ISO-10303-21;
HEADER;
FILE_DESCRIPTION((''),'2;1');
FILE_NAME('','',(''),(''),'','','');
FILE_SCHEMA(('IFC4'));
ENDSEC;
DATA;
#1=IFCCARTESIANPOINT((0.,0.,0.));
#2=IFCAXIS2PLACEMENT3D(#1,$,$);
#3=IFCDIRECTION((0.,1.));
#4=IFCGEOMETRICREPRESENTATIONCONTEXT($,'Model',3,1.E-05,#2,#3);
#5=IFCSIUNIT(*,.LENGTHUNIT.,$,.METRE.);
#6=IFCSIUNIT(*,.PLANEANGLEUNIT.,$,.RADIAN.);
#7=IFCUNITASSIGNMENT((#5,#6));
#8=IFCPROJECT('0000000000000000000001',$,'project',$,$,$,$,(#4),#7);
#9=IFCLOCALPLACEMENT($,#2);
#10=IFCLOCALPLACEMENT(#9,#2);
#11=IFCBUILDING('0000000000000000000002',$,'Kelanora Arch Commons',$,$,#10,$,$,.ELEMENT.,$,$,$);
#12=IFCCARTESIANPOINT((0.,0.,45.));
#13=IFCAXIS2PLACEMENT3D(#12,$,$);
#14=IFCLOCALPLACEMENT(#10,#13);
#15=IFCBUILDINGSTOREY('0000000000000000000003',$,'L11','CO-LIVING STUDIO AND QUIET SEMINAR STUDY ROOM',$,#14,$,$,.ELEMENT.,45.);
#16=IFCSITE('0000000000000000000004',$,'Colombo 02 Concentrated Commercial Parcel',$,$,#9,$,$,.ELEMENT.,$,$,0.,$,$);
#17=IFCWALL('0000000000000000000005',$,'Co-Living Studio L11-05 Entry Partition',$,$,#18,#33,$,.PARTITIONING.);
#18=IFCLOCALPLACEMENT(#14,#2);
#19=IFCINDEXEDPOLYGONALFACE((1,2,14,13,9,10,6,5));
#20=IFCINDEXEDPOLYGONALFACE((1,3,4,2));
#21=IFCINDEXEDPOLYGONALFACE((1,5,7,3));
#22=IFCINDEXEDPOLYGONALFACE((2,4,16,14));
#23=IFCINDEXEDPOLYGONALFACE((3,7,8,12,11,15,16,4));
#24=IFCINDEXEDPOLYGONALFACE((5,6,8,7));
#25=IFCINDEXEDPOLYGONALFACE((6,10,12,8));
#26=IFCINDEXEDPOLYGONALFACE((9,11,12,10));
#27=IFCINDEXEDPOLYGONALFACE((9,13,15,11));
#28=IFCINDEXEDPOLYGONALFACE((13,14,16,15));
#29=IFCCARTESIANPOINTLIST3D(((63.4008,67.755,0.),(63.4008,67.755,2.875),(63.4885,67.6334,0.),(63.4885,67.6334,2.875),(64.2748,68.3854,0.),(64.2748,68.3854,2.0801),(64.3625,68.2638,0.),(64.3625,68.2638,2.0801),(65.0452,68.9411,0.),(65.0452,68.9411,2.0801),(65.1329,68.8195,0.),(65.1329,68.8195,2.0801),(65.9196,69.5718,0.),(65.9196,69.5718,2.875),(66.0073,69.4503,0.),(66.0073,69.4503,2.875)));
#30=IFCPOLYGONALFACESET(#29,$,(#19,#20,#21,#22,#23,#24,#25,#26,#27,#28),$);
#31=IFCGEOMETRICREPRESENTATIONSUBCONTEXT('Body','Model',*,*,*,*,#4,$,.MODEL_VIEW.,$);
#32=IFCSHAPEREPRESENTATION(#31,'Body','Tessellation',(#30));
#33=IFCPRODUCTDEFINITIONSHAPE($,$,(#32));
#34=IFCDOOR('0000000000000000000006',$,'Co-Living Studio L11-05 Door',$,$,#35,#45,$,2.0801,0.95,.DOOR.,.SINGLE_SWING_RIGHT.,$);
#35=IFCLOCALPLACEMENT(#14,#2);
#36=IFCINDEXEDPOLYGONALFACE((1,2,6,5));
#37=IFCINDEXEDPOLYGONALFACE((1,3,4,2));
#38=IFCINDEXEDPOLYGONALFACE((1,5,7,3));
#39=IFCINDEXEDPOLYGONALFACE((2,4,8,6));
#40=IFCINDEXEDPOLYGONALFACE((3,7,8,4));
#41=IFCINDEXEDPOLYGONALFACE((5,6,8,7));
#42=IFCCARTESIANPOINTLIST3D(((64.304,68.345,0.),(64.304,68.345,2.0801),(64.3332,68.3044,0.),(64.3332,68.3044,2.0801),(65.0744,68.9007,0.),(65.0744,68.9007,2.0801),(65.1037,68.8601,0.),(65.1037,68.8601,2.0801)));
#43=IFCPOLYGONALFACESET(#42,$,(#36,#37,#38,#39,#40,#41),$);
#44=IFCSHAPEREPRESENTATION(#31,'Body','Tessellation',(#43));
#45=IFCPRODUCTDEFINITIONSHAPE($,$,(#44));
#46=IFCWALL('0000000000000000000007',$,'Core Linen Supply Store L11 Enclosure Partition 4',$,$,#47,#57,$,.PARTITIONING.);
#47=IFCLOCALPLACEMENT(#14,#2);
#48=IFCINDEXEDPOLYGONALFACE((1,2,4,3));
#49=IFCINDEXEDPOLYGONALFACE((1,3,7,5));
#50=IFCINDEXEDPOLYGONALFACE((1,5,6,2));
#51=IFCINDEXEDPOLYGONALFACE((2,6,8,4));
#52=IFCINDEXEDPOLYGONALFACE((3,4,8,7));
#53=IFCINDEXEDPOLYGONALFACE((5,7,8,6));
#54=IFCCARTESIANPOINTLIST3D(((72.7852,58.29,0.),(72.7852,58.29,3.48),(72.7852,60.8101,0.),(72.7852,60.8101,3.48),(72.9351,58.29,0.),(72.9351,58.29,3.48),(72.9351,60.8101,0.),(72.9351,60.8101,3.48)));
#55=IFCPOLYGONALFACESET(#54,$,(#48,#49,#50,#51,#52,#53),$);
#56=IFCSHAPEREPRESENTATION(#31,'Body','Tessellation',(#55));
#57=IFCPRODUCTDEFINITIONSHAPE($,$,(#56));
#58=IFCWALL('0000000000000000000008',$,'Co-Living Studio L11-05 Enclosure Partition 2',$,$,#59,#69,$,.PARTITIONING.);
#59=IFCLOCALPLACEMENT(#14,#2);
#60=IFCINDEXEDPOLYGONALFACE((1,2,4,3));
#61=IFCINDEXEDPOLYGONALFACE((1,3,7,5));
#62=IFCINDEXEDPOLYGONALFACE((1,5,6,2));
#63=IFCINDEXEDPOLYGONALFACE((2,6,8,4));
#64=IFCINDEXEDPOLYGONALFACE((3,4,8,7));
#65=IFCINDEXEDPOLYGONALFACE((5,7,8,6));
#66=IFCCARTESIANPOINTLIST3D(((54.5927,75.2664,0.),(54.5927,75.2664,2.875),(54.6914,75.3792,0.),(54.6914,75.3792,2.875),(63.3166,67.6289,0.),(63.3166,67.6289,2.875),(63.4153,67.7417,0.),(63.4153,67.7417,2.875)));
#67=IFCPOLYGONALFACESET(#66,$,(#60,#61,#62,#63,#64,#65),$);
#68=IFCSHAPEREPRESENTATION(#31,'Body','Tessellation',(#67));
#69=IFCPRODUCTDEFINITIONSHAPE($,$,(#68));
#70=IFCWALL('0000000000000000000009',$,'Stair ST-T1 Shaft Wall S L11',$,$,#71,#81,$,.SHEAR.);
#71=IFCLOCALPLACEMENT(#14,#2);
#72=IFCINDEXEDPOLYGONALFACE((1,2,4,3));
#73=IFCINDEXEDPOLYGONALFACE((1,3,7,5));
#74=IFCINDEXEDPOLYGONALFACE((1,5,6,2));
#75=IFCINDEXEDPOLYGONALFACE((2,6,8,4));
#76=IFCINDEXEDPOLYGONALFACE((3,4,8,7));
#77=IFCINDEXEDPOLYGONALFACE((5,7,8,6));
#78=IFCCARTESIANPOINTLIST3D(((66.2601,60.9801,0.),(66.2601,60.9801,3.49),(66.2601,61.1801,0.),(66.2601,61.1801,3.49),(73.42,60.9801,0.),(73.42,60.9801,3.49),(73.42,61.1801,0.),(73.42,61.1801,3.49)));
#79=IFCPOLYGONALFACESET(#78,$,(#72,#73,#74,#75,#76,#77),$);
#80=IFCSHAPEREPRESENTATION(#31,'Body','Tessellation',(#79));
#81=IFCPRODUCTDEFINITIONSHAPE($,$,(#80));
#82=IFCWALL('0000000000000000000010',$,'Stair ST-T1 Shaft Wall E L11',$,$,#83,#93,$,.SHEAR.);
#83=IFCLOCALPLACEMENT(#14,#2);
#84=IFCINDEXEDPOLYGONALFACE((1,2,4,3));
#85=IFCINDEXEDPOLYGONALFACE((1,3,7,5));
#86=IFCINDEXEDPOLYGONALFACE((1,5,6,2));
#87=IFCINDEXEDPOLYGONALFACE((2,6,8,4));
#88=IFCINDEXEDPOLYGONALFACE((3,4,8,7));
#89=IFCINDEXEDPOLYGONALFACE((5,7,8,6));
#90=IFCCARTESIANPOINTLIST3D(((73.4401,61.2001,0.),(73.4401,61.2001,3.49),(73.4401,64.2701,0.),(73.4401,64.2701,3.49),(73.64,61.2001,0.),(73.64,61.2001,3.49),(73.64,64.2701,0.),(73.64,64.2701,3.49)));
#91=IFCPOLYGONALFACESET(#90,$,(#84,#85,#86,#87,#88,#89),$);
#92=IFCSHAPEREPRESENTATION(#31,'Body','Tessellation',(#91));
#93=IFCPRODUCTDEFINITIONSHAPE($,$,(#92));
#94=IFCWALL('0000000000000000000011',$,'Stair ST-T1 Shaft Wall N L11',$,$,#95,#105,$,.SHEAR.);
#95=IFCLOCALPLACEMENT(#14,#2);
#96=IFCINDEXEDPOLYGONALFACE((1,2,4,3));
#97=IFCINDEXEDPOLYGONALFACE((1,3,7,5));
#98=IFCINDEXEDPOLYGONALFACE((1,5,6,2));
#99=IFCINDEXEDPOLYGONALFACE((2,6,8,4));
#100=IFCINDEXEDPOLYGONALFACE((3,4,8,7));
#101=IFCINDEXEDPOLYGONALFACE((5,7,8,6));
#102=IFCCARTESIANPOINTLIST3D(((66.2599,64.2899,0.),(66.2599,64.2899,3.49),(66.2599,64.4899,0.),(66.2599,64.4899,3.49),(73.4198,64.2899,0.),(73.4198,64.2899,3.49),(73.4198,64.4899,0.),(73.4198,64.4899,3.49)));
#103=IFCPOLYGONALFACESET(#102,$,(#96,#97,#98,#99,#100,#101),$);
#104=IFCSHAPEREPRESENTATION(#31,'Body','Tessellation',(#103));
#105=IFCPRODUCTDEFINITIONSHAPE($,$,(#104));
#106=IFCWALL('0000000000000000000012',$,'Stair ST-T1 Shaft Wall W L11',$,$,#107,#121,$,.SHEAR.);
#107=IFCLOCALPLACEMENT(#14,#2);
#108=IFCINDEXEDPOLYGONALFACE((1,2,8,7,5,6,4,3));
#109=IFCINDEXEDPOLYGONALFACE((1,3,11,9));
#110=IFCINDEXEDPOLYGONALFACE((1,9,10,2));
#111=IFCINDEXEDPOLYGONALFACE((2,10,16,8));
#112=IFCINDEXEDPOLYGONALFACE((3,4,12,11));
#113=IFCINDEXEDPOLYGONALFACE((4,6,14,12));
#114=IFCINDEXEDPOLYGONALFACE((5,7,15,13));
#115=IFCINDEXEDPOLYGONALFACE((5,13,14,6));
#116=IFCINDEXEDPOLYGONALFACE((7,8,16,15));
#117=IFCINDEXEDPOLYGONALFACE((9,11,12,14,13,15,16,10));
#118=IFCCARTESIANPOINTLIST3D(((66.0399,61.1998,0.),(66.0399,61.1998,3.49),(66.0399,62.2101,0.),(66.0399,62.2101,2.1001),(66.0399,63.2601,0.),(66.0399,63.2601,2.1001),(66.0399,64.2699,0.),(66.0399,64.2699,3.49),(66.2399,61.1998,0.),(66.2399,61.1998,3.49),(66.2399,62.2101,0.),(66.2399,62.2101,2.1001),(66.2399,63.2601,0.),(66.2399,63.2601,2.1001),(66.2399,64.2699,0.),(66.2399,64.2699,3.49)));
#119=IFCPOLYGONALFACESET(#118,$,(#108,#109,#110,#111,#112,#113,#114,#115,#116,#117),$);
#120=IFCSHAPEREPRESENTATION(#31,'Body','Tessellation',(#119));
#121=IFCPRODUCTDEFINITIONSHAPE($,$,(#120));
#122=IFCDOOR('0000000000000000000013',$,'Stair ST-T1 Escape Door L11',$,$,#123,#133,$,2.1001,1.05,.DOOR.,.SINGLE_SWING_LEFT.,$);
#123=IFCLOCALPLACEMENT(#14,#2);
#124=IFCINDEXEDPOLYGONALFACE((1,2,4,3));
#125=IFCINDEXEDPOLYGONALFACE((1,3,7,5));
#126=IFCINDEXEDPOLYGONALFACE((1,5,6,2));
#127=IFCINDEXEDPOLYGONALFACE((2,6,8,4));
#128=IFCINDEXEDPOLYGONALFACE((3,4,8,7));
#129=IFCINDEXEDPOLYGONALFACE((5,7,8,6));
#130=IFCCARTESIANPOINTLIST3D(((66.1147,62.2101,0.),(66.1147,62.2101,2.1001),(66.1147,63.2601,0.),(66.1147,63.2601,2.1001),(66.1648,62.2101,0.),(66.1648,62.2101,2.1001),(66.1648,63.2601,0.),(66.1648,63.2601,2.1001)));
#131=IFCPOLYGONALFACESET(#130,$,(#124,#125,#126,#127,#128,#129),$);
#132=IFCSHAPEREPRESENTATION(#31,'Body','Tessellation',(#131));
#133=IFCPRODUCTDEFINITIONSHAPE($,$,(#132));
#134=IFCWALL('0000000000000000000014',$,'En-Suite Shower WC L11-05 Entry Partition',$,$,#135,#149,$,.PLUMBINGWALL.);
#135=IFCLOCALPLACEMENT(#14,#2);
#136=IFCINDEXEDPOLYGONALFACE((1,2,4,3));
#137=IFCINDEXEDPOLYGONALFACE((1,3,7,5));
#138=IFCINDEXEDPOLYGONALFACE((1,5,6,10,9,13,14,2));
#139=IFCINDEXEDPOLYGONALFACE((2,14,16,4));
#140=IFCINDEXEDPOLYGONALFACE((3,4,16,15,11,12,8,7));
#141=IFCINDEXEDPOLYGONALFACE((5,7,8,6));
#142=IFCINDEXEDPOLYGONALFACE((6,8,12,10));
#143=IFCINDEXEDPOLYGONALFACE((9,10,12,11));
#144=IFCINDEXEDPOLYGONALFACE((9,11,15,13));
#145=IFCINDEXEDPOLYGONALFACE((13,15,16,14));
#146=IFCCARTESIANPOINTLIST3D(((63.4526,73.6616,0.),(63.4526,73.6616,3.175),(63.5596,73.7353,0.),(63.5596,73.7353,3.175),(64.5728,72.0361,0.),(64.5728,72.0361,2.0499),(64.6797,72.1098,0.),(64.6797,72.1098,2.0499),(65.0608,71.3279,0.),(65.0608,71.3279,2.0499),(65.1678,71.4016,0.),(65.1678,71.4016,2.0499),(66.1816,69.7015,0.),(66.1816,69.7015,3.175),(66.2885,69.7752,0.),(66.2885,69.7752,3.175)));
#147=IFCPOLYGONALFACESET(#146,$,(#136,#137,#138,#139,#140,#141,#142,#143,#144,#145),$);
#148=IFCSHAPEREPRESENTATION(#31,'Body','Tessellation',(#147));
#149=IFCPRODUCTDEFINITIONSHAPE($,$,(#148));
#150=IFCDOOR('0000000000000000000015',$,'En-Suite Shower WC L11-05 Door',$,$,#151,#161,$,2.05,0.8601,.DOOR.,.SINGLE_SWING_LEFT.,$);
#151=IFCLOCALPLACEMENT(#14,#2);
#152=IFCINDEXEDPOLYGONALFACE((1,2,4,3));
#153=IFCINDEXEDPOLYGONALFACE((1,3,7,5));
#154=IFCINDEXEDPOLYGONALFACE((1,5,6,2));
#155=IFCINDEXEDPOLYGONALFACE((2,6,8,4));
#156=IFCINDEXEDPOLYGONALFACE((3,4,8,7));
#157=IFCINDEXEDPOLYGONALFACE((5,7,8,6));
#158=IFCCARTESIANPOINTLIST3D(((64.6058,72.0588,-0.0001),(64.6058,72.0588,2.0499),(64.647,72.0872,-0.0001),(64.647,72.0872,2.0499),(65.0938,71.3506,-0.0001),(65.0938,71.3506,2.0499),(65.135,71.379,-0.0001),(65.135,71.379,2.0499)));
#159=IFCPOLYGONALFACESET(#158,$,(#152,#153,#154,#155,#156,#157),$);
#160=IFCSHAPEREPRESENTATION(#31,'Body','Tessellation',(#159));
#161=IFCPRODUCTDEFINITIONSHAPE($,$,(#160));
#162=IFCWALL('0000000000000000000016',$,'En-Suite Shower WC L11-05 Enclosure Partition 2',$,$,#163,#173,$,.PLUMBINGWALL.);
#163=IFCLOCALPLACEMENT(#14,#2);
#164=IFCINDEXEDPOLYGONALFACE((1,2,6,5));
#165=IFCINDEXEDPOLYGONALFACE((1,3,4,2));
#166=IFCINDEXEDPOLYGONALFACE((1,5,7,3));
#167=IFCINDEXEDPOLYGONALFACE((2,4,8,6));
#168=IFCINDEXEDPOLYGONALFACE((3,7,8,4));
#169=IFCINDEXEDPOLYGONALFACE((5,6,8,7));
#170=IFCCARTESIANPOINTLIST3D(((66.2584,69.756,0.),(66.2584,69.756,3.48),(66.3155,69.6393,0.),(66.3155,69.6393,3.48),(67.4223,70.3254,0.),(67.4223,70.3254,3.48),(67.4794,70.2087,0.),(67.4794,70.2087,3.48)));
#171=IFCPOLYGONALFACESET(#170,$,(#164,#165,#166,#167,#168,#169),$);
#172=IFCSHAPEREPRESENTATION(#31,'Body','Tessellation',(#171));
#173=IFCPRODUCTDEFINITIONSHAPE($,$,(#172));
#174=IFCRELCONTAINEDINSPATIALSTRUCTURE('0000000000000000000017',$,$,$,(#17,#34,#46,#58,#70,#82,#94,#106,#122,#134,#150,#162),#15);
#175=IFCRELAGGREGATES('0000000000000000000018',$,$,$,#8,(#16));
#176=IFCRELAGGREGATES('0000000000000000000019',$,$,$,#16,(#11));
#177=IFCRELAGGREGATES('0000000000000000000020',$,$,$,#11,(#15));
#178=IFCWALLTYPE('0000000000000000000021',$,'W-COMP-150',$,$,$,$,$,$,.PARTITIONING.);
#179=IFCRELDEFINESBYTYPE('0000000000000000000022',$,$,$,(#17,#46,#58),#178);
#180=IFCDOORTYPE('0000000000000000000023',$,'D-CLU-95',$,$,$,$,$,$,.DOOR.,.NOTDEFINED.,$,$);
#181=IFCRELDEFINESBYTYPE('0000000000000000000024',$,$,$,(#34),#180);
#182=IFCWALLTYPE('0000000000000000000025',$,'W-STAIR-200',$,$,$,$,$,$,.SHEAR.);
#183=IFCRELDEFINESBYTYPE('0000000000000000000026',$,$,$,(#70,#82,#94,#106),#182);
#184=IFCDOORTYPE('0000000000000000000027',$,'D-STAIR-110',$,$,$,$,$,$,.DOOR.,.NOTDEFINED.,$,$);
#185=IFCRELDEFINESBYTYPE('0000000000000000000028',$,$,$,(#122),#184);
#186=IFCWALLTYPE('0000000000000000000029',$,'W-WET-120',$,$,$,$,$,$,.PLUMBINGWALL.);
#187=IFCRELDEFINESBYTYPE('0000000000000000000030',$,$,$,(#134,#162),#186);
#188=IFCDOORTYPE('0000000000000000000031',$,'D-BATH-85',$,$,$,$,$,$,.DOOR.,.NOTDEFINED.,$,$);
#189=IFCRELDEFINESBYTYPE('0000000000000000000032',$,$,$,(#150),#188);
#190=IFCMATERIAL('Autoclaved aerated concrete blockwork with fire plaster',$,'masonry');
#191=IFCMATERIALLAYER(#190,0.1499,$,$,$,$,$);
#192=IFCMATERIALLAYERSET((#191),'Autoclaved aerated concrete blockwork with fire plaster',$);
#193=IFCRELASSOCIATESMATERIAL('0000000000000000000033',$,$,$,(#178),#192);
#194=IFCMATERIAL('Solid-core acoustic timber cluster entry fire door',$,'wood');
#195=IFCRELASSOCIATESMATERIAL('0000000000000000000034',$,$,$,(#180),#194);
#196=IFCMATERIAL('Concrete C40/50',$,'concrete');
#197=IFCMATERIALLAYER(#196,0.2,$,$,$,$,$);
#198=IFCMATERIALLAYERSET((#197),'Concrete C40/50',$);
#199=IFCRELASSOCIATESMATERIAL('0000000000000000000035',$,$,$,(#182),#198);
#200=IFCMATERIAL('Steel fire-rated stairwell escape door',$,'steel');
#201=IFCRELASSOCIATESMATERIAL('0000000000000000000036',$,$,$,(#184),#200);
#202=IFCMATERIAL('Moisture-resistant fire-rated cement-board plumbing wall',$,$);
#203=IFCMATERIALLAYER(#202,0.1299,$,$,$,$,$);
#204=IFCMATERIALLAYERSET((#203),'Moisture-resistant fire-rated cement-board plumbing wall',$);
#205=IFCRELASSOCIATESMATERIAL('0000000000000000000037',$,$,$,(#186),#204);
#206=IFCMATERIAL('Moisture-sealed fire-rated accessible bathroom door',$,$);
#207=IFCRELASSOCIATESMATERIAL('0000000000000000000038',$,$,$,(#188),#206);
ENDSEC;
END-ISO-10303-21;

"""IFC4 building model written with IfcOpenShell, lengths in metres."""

from ifc_helpers import new_model, si_unit, direction, frame, frame_2d, origin, place, context, subcontext, project, spatial, rectangle, extrude, material, layer, layer_set, type_object, element, fill, save


model = new_model("IFC4")

# Units and contexts
model_context = context("Model", 3, precision=1e-05, world=origin(), true_north=direction((0.0, 1.0)))
body_context = subcontext(model_context, "Body", "Model", "MODEL_VIEW")
ifc_project = project(units=[si_unit("LENGTHUNIT", "METRE"), si_unit("PLANEANGLEUNIT", "RADIAN")], contexts=[model_context])

# Site, building, storey
site_placement = place(None, origin())
site = spatial("IfcSite", under=ifc_project, at=site_placement, Name="Colombo 02 Concentrated Commercial Parcel", CompositionType="ELEMENT", RefElevation=0.0)
building_placement = place(site_placement, origin())
building = spatial("IfcBuilding", under=site, at=building_placement, Name="Kelanora Arch Commons", CompositionType="ELEMENT")
storey_placement = place(building_placement, frame((0.0, 0.0, 45.0)))
storey = spatial("IfcBuildingStorey", under=building, at=storey_placement, Name="L11", Description="CO-LIVING STUDIO AND QUIET SEMINAR STUDY ROOM", CompositionType="ELEMENT", Elevation=45.0)

# Wall, opening, door
ifc_material_1 = material(Name="Autoclaved aerated concrete blockwork with fire plaster", Category="masonry")
ifc_layer_1 = layer(ifc_material_1, 0.1499)
ifc_layer_set_1 = layer_set([ifc_layer_1], Name="Autoclaved aerated concrete blockwork with fire plaster")
wall_type_1 = type_object("IfcWallType", Name="W-COMP-150", PredefinedType="PARTITIONING", material=ifc_layer_set_1)
wall_1_placement = place(storey_placement, frame((65.9634, 69.511, 0.0), z_axis=(0.0, 0.0, 1.0), x_axis=(-0.811021, -0.585017, 0.0)))
wall_1 = element("IfcWall", 1, at=wall_1_placement, inside=storey, type_object=wall_type_1, Name="Co-Living Studio L11-05 Entry Partition", PredefinedType="PARTITIONING", context=body_context, shape_type="SweptSolid", body=[
    extrude(rectangle(XDim=3.1057, YDim=0.1499, at=frame_2d((1.5527, 0.0))), origin(), (0.0, 0.0, 1.0), 2.875),
])
opening_1_placement = place(wall_1_placement, frame((1.0779, 0.0, 0.0)))
opening_1 = element("IfcOpeningElement", 2, at=opening_1_placement, cuts=wall_1, PredefinedType="OPENING", context=body_context, shape_type="SweptSolid", body=[
    extrude(rectangle(XDim=0.95, YDim=2.0801, at=frame_2d((0.4751, 1.04))), frame((0.0, 0.085, 0.0), z_axis=(0.0, -1.0, 0.0), x_axis=(1.0, 0.0, 0.0)), (0.0, 0.0, 1.0), 0.1699),
])
ifc_material_2 = material(Name="Solid-core acoustic timber cluster entry fire door", Category="wood")
door_type_1 = type_object("IfcDoorType", Name="D-CLU-95", OperationType="NOTDEFINED", PredefinedType="DOOR", material=ifc_material_2)
door_1_placement = place(opening_1_placement, origin())
door_1 = element("IfcDoor", 3, at=door_1_placement, inside=storey, type_object=door_type_1, Name="Co-Living Studio L11-05 Door", OperationType="SINGLE_SWING_RIGHT", OverallHeight=2.0801, OverallWidth=0.95, PredefinedType="DOOR", context=body_context, shape_type="SweptSolid", body=[
    extrude(rectangle(XDim=0.95, YDim=2.0801, at=frame_2d((0.4751, 1.04))), frame((0.0, 0.0249, 0.0), z_axis=(0.0, -1.0, 0.0), x_axis=(1.0, 0.0, 0.0)), (0.0, 0.0, 1.0), 0.05),
])
fill(opening_1, door_1)

# Walls
wall_2_placement = place(storey_placement, frame((72.8601, 60.8101, 0.0), z_axis=(0.0, 0.0, 1.0), x_axis=(0.0, -1.0, 0.0)))
element("IfcWall", 4, at=wall_2_placement, inside=storey, type_object=wall_type_1, Name="Core Linen Supply Store L11 Enclosure Partition 4", PredefinedType="PARTITIONING", context=body_context, shape_type="SweptSolid", body=[
    extrude(rectangle(XDim=2.52, YDim=0.1499, at=frame_2d((1.26, 0.0))), origin(), (0.0, 0.0, 1.0), 3.48),
])
wall_3_placement = place(storey_placement, frame((63.366, 67.6853, 0.0), z_axis=(0.0, 0.0, 1.0), x_axis=(-0.752403, 0.658703, 0.0)))
element("IfcWall", 5, at=wall_3_placement, inside=storey, type_object=wall_type_1, Name="Co-Living Studio L11-05 Enclosure Partition 2", PredefinedType="PARTITIONING", context=body_context, shape_type="SweptSolid", body=[
    extrude(rectangle(XDim=11.5947, YDim=0.1499, at=frame_2d((5.7974, 0.0))), origin(), (0.0, 0.0, 1.0), 2.875),
])
ifc_material_3 = material(Name="Concrete C40/50", Category="concrete")
ifc_layer_2 = layer(ifc_material_3, 0.2)
ifc_layer_set_2 = layer_set([ifc_layer_2], Name="Concrete C40/50")
wall_type_2 = type_object("IfcWallType", Name="W-STAIR-200", PredefinedType="SHEAR", material=ifc_layer_set_2)
wall_4_placement = place(storey_placement, frame((66.26, 61.0801, 0.0), z_axis=(0.0, 0.0, 1.0), x_axis=(1.0, 0.0, 0.0)))
element("IfcWall", 6, at=wall_4_placement, inside=storey, type_object=wall_type_2, Name="Stair ST-T1 Shaft Wall S L11", PredefinedType="SHEAR", context=body_context, shape_type="SweptSolid", body=[
    extrude(rectangle(XDim=7.1599, YDim=0.2, at=frame_2d((3.5801, 0.0))), origin(), (0.0, 0.0, 1.0), 3.49),
])
wall_5_placement = place(storey_placement, frame((73.54, 61.2, 0.0), z_axis=(0.0, 0.0, 1.0), x_axis=(0.0, 1.0, 0.0)))
element("IfcWall", 7, at=wall_5_placement, inside=storey, type_object=wall_type_2, Name="Stair ST-T1 Shaft Wall E L11", PredefinedType="SHEAR", context=body_context, shape_type="SweptSolid", body=[
    extrude(rectangle(XDim=3.0701, YDim=0.2, at=frame_2d((1.5352, 0.0))), origin(), (0.0, 0.0, 1.0), 3.49),
])
wall_6_placement = place(storey_placement, frame((73.4199, 64.3899, 0.0), z_axis=(0.0, 0.0, 1.0), x_axis=(-1.0, 0.0, 0.0)))
element("IfcWall", 8, at=wall_6_placement, inside=storey, type_object=wall_type_2, Name="Stair ST-T1 Shaft Wall N L11", PredefinedType="SHEAR", context=body_context, shape_type="SweptSolid", body=[
    extrude(rectangle(XDim=7.1599, YDim=0.2, at=frame_2d((3.5801, 0.0))), origin(), (0.0, 0.0, 1.0), 3.49),
])

# Walls, openings, doors
wall_7_placement = place(storey_placement, frame((66.1399, 64.27, 0.0), z_axis=(0.0, 0.0, 1.0), x_axis=(0.0, -1.0, 0.0)))
wall_7 = element("IfcWall", 9, at=wall_7_placement, inside=storey, type_object=wall_type_2, Name="Stair ST-T1 Shaft Wall W L11", PredefinedType="SHEAR", context=body_context, shape_type="SweptSolid", body=[
    extrude(rectangle(XDim=3.0701, YDim=0.2, at=frame_2d((1.5352, 0.0))), origin(), (0.0, 0.0, 1.0), 3.49),
])
opening_2_placement = place(wall_7_placement, frame((1.01, 0.0, 0.0)))
opening_2 = element("IfcOpeningElement", 10, at=opening_2_placement, cuts=wall_7, PredefinedType="OPENING", context=body_context, shape_type="SweptSolid", body=[
    extrude(rectangle(XDim=1.05, YDim=2.1001, at=frame_2d((0.5249, 1.05))), frame((0.0, 0.1099, 0.0), z_axis=(0.0, -1.0, 0.0), x_axis=(1.0, 0.0, 0.0)), (0.0, 0.0, 1.0), 0.22),
])
ifc_material_4 = material(Name="Steel fire-rated stairwell escape door", Category="steel")
door_type_2 = type_object("IfcDoorType", Name="D-STAIR-110", OperationType="NOTDEFINED", PredefinedType="DOOR", material=ifc_material_4)
door_2_placement = place(opening_2_placement, origin())
door_2 = element("IfcDoor", 11, at=door_2_placement, inside=storey, type_object=door_type_2, Name="Stair ST-T1 Escape Door L11", OperationType="SINGLE_SWING_LEFT", OverallHeight=2.1001, OverallWidth=1.05, PredefinedType="DOOR", context=body_context, shape_type="SweptSolid", body=[
    extrude(rectangle(XDim=1.05, YDim=2.1001, at=frame_2d((0.5249, 1.05))), frame((0.0, 0.0249, 0.0), z_axis=(0.0, -1.0, 0.0), x_axis=(1.0, 0.0, 0.0)), (0.0, 0.0, 1.0), 0.05),
])
fill(opening_2, door_2)
ifc_material_5 = material(Name="Moisture-resistant fire-rated cement-board plumbing wall")
ifc_layer_3 = layer(ifc_material_5, 0.1299)
ifc_layer_set_3 = layer_set([ifc_layer_3], Name="Moisture-resistant fire-rated cement-board plumbing wall")
wall_type_3 = type_object("IfcWallType", Name="W-WET-120", PredefinedType="PLUMBINGWALL", material=ifc_layer_set_3)
wall_8_placement = place(storey_placement, frame((66.2351, 69.7383, 0.0), z_axis=(0.0, 0.0, 1.0), x_axis=(-0.567427, 0.823424, 0.0)))
wall_8 = element("IfcWall", 12, at=wall_8_placement, inside=storey, type_object=wall_type_3, Name="En-Suite Shower WC L11-05 Entry Partition", PredefinedType="PLUMBINGWALL", context=body_context, shape_type="SweptSolid", body=[
    extrude(rectangle(XDim=4.8093, YDim=0.1299, at=frame_2d((2.4048, 0.0))), origin(), (0.0, 0.0, 1.0), 3.175),
])
opening_3_placement = place(wall_8_placement, frame((1.9751, 0.0, 0.0)))
opening_3 = element("IfcOpeningElement", 13, at=opening_3_placement, cuts=wall_8, PredefinedType="OPENING", context=body_context, shape_type="SweptSolid", body=[
    extrude(rectangle(XDim=0.8601, YDim=2.05, at=frame_2d((0.4302, 1.0249))), frame((0.0, 0.075, 0.0), z_axis=(0.0, -1.0, 0.0), x_axis=(1.0, 0.0, 0.0)), (0.0, 0.0, 1.0), 0.1499),
])
ifc_material_6 = material(Name="Moisture-sealed fire-rated accessible bathroom door")
door_type_3 = type_object("IfcDoorType", Name="D-BATH-85", OperationType="NOTDEFINED", PredefinedType="DOOR", material=ifc_material_6)
door_3_placement = place(opening_3_placement, origin())
door_3 = element("IfcDoor", 14, at=door_3_placement, inside=storey, type_object=door_type_3, Name="En-Suite Shower WC L11-05 Door", OperationType="SINGLE_SWING_LEFT", OverallHeight=2.05, OverallWidth=0.8601, PredefinedType="DOOR", context=body_context, shape_type="SweptSolid", body=[
    extrude(rectangle(XDim=0.8601, YDim=2.05, at=frame_2d((0.4302, 1.0249))), frame((0.0, 0.0249, 0.0), z_axis=(0.0, -1.0, 0.0), x_axis=(1.0, 0.0, 0.0)), (0.0, 0.0, 1.0), 0.05),
])
fill(opening_3, door_3)

# Wall
wall_9_placement = place(storey_placement, frame((67.4509, 70.2671, 0.0), z_axis=(0.0, 0.0, 1.0), x_axis=(-0.898275, -0.439433, 0.0)))
element("IfcWall", 15, at=wall_9_placement, inside=storey, type_object=wall_type_3, Name="En-Suite Shower WC L11-05 Enclosure Partition 2", PredefinedType="PLUMBINGWALL", context=body_context, shape_type="SweptSolid", body=[
    extrude(rectangle(XDim=1.2957, YDim=0.1299, at=frame_2d((0.6479, 0.0))), origin(), (0.0, 0.0, 1.0), 3.48),
])

save(model, "model.ifc")
